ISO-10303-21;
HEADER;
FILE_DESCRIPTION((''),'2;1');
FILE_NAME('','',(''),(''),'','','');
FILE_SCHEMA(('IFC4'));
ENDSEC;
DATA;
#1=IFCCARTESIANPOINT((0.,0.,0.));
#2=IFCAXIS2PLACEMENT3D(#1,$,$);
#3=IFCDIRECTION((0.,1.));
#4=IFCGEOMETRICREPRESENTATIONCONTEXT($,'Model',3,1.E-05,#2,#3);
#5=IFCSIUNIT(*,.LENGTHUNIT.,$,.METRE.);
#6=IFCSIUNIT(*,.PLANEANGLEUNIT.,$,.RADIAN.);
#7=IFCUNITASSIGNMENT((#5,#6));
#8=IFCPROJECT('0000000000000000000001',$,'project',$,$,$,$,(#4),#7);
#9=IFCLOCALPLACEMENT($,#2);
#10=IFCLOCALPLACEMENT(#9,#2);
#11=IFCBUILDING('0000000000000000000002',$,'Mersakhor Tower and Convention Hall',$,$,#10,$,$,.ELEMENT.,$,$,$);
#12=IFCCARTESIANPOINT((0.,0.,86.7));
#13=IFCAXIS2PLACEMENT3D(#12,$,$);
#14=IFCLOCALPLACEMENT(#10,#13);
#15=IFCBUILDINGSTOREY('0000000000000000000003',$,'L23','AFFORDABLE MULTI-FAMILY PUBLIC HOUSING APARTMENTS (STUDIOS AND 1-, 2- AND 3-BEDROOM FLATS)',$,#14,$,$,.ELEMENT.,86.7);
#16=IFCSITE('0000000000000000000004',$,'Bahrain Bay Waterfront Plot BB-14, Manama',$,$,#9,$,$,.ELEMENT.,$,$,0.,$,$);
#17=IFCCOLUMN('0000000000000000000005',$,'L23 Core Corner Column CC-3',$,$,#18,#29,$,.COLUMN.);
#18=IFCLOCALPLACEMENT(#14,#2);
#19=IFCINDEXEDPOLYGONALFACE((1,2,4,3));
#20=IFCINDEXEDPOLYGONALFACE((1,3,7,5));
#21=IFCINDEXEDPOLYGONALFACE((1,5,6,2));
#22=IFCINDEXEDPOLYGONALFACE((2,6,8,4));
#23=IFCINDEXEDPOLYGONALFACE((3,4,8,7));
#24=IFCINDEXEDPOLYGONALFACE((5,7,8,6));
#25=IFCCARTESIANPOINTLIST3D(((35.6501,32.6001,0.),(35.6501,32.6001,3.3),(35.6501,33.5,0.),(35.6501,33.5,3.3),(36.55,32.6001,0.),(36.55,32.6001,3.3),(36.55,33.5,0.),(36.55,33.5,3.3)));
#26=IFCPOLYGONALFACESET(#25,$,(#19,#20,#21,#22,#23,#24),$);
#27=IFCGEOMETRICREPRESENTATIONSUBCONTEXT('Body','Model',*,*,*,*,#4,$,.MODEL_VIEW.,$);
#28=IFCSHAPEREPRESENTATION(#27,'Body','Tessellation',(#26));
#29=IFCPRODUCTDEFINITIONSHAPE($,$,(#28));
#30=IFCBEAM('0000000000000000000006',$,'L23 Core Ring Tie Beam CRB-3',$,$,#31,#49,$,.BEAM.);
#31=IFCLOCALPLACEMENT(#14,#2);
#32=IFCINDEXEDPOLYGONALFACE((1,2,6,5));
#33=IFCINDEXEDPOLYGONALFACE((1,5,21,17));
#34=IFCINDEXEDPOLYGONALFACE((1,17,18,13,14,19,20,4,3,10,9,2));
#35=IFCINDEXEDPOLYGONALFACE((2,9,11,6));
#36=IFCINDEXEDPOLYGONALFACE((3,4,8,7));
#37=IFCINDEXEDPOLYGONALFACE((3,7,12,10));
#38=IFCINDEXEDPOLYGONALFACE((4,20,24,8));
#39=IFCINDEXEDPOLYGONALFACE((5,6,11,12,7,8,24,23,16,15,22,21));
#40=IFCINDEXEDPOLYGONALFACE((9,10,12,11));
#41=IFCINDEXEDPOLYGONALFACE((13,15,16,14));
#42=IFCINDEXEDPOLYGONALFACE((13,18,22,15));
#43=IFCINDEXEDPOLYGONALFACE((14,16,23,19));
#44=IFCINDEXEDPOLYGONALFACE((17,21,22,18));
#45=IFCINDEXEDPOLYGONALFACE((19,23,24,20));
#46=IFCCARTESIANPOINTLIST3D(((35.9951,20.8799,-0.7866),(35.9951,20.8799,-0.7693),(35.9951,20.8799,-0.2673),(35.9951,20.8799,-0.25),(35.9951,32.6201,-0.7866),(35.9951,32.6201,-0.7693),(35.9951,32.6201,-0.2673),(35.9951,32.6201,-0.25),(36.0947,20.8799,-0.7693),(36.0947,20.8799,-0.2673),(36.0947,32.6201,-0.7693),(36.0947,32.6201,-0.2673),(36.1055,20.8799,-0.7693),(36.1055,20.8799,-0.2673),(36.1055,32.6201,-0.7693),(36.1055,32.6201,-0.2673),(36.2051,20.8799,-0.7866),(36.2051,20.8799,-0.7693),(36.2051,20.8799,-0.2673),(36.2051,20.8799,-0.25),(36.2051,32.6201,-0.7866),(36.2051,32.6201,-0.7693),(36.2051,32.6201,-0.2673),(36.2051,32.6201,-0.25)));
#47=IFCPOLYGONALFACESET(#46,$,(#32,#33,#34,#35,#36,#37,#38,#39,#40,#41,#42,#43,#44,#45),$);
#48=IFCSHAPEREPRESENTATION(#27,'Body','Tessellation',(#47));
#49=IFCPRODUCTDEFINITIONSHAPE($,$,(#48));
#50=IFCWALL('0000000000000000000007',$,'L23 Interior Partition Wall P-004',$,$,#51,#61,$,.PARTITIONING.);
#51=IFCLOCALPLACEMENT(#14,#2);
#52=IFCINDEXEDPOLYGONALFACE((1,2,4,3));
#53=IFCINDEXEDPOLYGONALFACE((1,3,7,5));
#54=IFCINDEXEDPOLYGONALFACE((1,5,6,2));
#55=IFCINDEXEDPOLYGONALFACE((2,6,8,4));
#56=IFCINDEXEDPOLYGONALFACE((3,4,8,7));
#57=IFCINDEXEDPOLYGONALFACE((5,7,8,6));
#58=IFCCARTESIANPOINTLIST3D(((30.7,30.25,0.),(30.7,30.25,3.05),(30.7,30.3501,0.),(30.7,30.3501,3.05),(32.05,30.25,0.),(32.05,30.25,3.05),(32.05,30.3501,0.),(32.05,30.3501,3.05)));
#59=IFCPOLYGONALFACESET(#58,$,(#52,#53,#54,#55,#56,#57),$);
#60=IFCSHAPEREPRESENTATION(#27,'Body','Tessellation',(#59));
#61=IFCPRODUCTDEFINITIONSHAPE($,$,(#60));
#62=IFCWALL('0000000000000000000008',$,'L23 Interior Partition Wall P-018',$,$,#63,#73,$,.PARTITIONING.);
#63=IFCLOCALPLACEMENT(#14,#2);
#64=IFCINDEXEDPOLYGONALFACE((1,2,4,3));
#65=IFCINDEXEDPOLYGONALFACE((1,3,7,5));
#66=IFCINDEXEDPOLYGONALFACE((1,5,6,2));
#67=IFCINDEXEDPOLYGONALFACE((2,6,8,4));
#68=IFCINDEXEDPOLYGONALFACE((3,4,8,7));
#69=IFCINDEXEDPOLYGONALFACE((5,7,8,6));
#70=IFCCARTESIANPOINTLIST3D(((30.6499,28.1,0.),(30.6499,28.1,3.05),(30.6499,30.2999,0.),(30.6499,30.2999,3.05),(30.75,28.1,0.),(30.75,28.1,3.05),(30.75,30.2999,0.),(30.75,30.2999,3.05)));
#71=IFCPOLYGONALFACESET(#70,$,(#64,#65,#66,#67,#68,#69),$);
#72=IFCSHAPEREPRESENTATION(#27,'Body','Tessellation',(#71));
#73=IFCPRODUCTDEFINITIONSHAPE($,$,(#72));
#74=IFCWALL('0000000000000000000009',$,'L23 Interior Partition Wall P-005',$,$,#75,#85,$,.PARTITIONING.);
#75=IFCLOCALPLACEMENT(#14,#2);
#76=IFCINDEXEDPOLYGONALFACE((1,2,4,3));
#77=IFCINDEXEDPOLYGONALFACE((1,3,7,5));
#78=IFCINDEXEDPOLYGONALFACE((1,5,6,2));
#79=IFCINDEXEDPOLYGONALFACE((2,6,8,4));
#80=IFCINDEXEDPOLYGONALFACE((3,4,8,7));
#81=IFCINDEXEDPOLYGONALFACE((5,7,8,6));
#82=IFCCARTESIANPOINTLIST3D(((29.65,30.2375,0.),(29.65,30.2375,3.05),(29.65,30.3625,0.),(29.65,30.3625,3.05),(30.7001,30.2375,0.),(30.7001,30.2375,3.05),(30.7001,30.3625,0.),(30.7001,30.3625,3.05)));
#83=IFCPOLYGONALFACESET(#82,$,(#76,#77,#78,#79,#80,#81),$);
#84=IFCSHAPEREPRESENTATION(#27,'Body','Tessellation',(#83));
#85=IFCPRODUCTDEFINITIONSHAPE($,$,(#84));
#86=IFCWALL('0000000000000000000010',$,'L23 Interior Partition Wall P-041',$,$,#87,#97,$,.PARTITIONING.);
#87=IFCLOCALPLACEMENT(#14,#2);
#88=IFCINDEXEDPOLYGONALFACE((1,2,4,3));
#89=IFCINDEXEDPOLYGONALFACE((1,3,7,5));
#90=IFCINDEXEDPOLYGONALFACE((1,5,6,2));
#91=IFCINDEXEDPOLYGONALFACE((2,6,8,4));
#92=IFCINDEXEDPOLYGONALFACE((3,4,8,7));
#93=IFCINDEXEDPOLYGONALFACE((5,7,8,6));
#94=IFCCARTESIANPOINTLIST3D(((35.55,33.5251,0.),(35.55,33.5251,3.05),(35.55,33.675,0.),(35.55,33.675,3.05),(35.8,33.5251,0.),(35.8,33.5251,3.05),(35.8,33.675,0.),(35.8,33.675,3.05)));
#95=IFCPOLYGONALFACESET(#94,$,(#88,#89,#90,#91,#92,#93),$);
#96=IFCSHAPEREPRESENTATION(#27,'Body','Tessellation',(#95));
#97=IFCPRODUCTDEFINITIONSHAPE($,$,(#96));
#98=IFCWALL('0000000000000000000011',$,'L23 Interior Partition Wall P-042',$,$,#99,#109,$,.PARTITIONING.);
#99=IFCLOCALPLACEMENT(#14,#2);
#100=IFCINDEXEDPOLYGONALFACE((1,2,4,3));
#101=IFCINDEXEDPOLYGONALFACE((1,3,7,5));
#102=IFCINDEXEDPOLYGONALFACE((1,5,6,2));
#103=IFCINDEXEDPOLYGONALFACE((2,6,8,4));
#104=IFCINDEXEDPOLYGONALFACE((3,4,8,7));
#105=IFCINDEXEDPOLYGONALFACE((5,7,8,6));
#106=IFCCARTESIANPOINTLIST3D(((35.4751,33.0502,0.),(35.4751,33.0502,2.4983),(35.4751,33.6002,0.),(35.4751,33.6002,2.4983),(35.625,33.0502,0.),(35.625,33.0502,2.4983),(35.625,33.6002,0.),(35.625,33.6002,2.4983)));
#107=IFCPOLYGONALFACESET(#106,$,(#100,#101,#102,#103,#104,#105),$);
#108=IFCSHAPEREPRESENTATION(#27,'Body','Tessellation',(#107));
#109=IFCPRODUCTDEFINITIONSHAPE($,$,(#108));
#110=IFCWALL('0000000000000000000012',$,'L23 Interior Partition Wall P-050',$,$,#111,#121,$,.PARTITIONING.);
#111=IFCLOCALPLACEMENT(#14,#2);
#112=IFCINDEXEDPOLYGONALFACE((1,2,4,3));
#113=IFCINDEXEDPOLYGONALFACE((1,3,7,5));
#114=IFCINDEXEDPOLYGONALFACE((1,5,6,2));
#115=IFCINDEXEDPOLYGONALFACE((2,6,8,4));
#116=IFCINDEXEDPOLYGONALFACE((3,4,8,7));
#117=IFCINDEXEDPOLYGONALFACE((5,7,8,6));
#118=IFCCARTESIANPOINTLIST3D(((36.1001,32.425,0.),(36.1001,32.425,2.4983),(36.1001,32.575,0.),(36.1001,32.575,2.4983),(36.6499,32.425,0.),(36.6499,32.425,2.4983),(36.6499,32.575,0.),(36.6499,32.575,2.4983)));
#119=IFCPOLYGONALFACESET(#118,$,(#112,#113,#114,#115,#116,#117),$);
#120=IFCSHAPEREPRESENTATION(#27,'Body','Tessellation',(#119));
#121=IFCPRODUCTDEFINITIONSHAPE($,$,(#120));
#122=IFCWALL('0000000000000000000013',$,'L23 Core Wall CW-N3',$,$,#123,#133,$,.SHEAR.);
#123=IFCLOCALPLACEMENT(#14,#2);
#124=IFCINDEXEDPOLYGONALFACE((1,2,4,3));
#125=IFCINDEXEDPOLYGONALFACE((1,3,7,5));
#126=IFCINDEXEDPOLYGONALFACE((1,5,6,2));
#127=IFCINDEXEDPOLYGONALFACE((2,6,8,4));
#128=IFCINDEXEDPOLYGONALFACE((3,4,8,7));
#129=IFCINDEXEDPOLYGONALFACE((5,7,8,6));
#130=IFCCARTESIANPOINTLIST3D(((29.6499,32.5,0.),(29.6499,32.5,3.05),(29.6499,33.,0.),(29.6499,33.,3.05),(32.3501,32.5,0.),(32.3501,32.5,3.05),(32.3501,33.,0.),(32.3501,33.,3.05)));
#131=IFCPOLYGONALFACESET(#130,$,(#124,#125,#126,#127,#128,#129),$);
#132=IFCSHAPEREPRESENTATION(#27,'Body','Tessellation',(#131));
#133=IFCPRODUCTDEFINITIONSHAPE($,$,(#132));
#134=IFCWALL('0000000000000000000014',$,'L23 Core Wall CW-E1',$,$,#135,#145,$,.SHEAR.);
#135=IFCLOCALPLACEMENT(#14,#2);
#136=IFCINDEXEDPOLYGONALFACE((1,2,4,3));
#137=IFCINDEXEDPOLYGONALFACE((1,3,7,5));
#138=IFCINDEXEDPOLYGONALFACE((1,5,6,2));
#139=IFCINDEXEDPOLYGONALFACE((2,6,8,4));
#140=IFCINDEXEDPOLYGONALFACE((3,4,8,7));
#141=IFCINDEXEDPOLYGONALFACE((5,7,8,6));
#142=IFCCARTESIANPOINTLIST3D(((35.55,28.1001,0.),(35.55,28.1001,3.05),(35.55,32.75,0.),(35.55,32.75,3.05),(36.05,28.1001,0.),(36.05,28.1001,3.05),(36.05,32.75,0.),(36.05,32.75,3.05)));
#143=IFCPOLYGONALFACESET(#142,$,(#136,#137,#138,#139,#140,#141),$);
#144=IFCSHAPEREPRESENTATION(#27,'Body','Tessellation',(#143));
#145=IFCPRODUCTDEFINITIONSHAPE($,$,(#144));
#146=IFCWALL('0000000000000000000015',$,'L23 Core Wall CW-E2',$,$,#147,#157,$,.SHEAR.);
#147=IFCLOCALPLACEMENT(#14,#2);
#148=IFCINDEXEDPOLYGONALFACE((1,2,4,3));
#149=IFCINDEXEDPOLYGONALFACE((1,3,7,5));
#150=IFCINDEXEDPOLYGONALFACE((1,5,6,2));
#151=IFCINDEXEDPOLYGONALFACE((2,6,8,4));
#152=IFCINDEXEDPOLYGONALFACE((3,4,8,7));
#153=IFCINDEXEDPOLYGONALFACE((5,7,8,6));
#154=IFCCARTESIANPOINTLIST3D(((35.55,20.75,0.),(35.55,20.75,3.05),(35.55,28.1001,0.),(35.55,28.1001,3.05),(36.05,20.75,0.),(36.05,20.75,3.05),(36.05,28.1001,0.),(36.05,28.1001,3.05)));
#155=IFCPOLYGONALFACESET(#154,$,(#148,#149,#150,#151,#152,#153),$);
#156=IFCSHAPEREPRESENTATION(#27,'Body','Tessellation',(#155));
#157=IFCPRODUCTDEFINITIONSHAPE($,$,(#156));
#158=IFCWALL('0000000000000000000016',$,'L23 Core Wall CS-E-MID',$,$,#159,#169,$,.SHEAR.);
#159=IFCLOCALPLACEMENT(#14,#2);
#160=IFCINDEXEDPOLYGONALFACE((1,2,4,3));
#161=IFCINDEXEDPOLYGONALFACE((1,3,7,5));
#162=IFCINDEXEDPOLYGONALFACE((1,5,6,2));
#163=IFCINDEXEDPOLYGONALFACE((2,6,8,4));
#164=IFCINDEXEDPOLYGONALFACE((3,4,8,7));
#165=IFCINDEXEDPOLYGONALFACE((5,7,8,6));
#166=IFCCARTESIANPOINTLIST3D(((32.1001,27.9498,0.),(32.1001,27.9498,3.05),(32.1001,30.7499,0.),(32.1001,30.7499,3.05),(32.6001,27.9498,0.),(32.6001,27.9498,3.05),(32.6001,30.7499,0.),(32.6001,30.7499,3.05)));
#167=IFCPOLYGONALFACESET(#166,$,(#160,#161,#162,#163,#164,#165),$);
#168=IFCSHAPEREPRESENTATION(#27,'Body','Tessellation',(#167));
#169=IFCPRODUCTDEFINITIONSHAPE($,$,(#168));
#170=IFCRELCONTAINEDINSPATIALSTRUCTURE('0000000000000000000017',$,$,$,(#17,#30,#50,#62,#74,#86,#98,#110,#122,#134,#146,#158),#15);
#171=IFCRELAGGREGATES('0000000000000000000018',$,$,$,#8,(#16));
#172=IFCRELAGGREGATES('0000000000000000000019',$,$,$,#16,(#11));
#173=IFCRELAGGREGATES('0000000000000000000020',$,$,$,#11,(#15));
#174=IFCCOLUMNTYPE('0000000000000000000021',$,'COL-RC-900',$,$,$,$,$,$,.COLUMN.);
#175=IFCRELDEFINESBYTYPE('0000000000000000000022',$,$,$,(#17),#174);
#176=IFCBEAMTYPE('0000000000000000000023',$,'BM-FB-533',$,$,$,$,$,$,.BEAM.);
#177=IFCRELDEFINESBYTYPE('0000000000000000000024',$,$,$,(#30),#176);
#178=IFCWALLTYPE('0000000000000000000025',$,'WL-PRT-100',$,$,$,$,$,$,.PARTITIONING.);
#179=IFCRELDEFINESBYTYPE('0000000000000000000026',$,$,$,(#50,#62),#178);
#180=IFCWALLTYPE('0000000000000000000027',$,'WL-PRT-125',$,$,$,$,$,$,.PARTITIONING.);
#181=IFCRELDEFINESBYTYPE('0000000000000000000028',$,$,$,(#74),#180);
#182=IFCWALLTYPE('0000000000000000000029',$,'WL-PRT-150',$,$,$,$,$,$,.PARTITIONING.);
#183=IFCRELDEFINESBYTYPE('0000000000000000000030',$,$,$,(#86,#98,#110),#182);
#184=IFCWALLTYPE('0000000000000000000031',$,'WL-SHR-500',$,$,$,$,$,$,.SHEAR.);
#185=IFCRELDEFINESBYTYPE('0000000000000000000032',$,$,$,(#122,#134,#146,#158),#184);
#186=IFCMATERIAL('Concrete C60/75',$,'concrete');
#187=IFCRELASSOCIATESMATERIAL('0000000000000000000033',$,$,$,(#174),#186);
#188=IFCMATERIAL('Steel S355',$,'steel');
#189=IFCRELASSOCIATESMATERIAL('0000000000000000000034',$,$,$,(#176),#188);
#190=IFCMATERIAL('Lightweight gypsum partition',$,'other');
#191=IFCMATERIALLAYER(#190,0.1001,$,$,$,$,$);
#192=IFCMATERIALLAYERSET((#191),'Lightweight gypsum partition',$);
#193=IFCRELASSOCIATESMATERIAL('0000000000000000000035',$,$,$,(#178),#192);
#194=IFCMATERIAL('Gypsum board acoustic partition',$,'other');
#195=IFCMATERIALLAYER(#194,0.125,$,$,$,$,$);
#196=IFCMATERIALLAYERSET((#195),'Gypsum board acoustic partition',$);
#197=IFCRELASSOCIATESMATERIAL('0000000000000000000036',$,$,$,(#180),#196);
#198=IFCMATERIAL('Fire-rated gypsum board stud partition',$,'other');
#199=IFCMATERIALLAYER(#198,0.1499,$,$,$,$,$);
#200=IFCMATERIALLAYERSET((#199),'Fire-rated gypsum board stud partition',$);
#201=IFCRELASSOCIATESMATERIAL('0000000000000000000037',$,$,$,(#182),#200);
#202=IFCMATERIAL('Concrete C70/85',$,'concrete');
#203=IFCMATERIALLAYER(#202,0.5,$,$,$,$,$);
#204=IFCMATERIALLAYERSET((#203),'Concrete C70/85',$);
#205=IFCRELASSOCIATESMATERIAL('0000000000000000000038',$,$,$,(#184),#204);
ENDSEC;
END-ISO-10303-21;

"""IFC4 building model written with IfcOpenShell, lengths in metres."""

from ifc_helpers import new_model, si_unit, direction, frame, frame_2d, origin, origin_2d, place, context, subcontext, project, spatial, rectangle, i_section, extrude, material, layer, layer_set, material_profile, profile_set, type_object, element, save


model = new_model("IFC4")

# Units and contexts
model_context = context("Model", 3, precision=1e-05, world=origin(), true_north=direction((0.0, 1.0)))
body_context = subcontext(model_context, "Body", "Model", "MODEL_VIEW")
ifc_project = project(units=[si_unit("LENGTHUNIT", "METRE"), si_unit("PLANEANGLEUNIT", "RADIAN")], contexts=[model_context])

# Site, building, storey
site_placement = place(None, origin())
site = spatial("IfcSite", under=ifc_project, at=site_placement, Name="Bahrain Bay Waterfront Plot BB-14, Manama", CompositionType="ELEMENT", RefElevation=0.0)
building_placement = place(site_placement, origin())
building = spatial("IfcBuilding", under=site, at=building_placement, Name="Mersakhor Tower and Convention Hall", CompositionType="ELEMENT")
storey_placement = place(building_placement, frame((0.0, 0.0, 86.7)))
storey = spatial("IfcBuildingStorey", under=building, at=storey_placement, Name="L23", Description="AFFORDABLE MULTI-FAMILY PUBLIC HOUSING APARTMENTS (STUDIOS AND 1-, 2- AND 3-BEDROOM FLATS)", CompositionType="ELEMENT", Elevation=86.7)

# Column
ifc_material_1 = material(Name="Concrete C60/75", Category="concrete")
ifc_material_profile_1 = material_profile(ifc_material_1, rectangle(XDim=0.8999, YDim=0.8999, at=origin_2d()), Name="RC 900x900")
ifc_profile_set_1 = profile_set([ifc_material_profile_1], Name="Concrete C60/75")
column_type = type_object("IfcColumnType", Name="COL-RC-900", PredefinedType="COLUMN", material=ifc_profile_set_1)
column_placement = place(storey_placement, frame((36.1001, 33.05, 0.0), z_axis=(0.0, 0.0, 1.0), x_axis=(1.0, 0.0, 0.0)))
element("IfcColumn", 1, at=column_placement, inside=storey, type_object=column_type, Name="L23 Core Corner Column CC-3", PredefinedType="COLUMN", context=body_context, shape_type="SweptSolid", body=[
    extrude(rectangle(XDim=0.8999, YDim=0.8999, at=origin_2d()), origin(), (0.0, 0.0, 1.0), 3.3),
])

# Beam
ifc_material_2 = material(Name="Steel S355", Category="steel")
ifc_material_profile_2 = material_profile(ifc_material_2, i_section(OverallWidth=0.21, OverallDepth=0.5366, WebThickness=0.0107, FlangeThickness=0.0173, at=origin_2d()), Name="UB 533x210x101")
ifc_profile_set_2 = profile_set([ifc_material_profile_2], Name="Steel S355")
beam_type = type_object("IfcBeamType", Name="BM-FB-533", PredefinedType="BEAM", material=ifc_profile_set_2)
beam_placement = place(storey_placement, frame((36.1001, 32.6201, -0.5183), z_axis=(0.0, -1.0, 0.0), x_axis=(1.0, 0.0, 0.0)))
element("IfcBeam", 2, at=beam_placement, inside=storey, type_object=beam_type, Name="L23 Core Ring Tie Beam CRB-3", PredefinedType="BEAM", context=body_context, shape_type="SweptSolid", body=[
    extrude(i_section(OverallWidth=0.21, OverallDepth=0.5366, WebThickness=0.0107, FlangeThickness=0.0173, at=origin_2d()), origin(), (0.0, 0.0, 1.0), 11.7402),
])

# Walls
ifc_material_3 = material(Name="Lightweight gypsum partition", Category="other")
ifc_layer_1 = layer(ifc_material_3, 0.1001)
ifc_layer_set_1 = layer_set([ifc_layer_1], Name="Lightweight gypsum partition")
wall_type_1 = type_object("IfcWallType", Name="WL-PRT-100", PredefinedType="PARTITIONING", material=ifc_layer_set_1)
wall_1_placement = place(storey_placement, frame((32.05, 30.3, 0.0), z_axis=(0.0, 0.0, 1.0), x_axis=(-1.0, 0.0, 0.0)))
element("IfcWall", 3, at=wall_1_placement, inside=storey, type_object=wall_type_1, Name="L23 Interior Partition Wall P-004", PredefinedType="PARTITIONING", context=body_context, shape_type="SweptSolid", body=[
    extrude(rectangle(XDim=1.3501, YDim=0.1001, at=frame_2d((0.675, 0.0))), origin(), (0.0, 0.0, 1.0), 3.05),
])
wall_2_placement = place(storey_placement, frame((30.7, 30.3, 0.0), z_axis=(0.0, 0.0, 1.0), x_axis=(0.0, -1.0, 0.0)))
element("IfcWall", 4, at=wall_2_placement, inside=storey, type_object=wall_type_1, Name="L23 Interior Partition Wall P-018", PredefinedType="PARTITIONING", context=body_context, shape_type="SweptSolid", body=[
    extrude(rectangle(XDim=2.2, YDim=0.1001, at=frame_2d((1.1001, 0.0))), origin(), (0.0, 0.0, 1.0), 3.05),
])
ifc_material_4 = material(Name="Gypsum board acoustic partition", Category="other")
ifc_layer_2 = layer(ifc_material_4, 0.125)
ifc_layer_set_2 = layer_set([ifc_layer_2], Name="Gypsum board acoustic partition")
wall_type_2 = type_object("IfcWallType", Name="WL-PRT-125", PredefinedType="PARTITIONING", material=ifc_layer_set_2)
wall_3_placement = place(storey_placement, frame((30.7, 30.3, 0.0), z_axis=(0.0, 0.0, 1.0), x_axis=(-1.0, 0.0, 0.0)))
element("IfcWall", 5, at=wall_3_placement, inside=storey, type_object=wall_type_2, Name="L23 Interior Partition Wall P-005", PredefinedType="PARTITIONING", context=body_context, shape_type="SweptSolid", body=[
    extrude(rectangle(XDim=1.05, YDim=0.125, at=frame_2d((0.5249, 0.0))), origin(), (0.0, 0.0, 1.0), 3.05),
])
ifc_material_5 = material(Name="Fire-rated gypsum board stud partition", Category="other")
ifc_layer_3 = layer(ifc_material_5, 0.1499)
ifc_layer_set_3 = layer_set([ifc_layer_3], Name="Fire-rated gypsum board stud partition")
wall_type_3 = type_object("IfcWallType", Name="WL-PRT-150", PredefinedType="PARTITIONING", material=ifc_layer_set_3)
wall_4_placement = place(storey_placement, frame((35.8, 33.6001, 0.0), z_axis=(0.0, 0.0, 1.0), x_axis=(-1.0, 0.0, 0.0)))
element("IfcWall", 6, at=wall_4_placement, inside=storey, type_object=wall_type_3, Name="L23 Interior Partition Wall P-041", PredefinedType="PARTITIONING", context=body_context, shape_type="SweptSolid", body=[
    extrude(rectangle(XDim=0.25, YDim=0.1499, at=frame_2d((0.125, 0.0))), origin(), (0.0, 0.0, 1.0), 3.05),
])
wall_5_placement = place(storey_placement, frame((35.55, 33.6001, 0.0), z_axis=(0.0, 0.0, 1.0), x_axis=(0.0, -1.0, 0.0)))
element("IfcWall", 7, at=wall_5_placement, inside=storey, type_object=wall_type_3, Name="L23 Interior Partition Wall P-042", PredefinedType="PARTITIONING", context=body_context, shape_type="SweptSolid", body=[
    extrude(rectangle(XDim=0.55, YDim=0.1499, at=frame_2d((0.2749, 0.0))), origin(), (0.0, 0.0, 1.0), 2.4983),
])
wall_6_placement = place(storey_placement, frame((36.1001, 32.5, 0.0), z_axis=(0.0, 0.0, 1.0), x_axis=(1.0, 0.0, 0.0)))
element("IfcWall", 8, at=wall_6_placement, inside=storey, type_object=wall_type_3, Name="L23 Interior Partition Wall P-050", PredefinedType="PARTITIONING", context=body_context, shape_type="SweptSolid", body=[
    extrude(rectangle(XDim=0.5498, YDim=0.1499, at=frame_2d((0.2749, 0.0))), origin(), (0.0, 0.0, 1.0), 2.4983),
])

# Wall
ifc_material_6 = material(Name="Concrete C70/85", Category="concrete")
ifc_layer_4 = layer(ifc_material_6, 0.5)
ifc_layer_set_4 = layer_set([ifc_layer_4], Name="Concrete C70/85")
wall_type_4 = type_object("IfcWallType", Name="WL-SHR-500", PredefinedType="SHEAR", material=ifc_layer_set_4)
wall_7_placement = place(storey_placement, frame((29.6499, 32.75, 0.0), z_axis=(0.0, 0.0, 1.0), x_axis=(1.0, 0.0, 0.0)))
element("IfcWall", 9, at=wall_7_placement, inside=storey, type_object=wall_type_4, Name="L23 Core Wall CW-N3", PredefinedType="SHEAR", context=body_context, shape_type="SweptSolid", body=[
    extrude(rectangle(XDim=2.7002, YDim=0.5, at=frame_2d((1.3501, 0.0))), origin(), (0.0, 0.0, 1.0), 3.05),
])

# Walls
wall_8_placement = place(storey_placement, frame((35.8, 32.75, 0.0), z_axis=(0.0, 0.0, 1.0), x_axis=(0.0, -1.0, 0.0)))
element("IfcWall", 10, at=wall_8_placement, inside=storey, type_object=wall_type_4, Name="L23 Core Wall CW-E1", PredefinedType="SHEAR", context=body_context, shape_type="SweptSolid", body=[
    extrude(rectangle(XDim=4.6499, YDim=0.5, at=frame_2d((2.325, 0.0))), origin(), (0.0, 0.0, 1.0), 3.05),
])
wall_9_placement = place(storey_placement, frame((35.8, 28.1001, 0.0), z_axis=(0.0, 0.0, 1.0), x_axis=(0.0, -1.0, 0.0)))
element("IfcWall", 11, at=wall_9_placement, inside=storey, type_object=wall_type_4, Name="L23 Core Wall CW-E2", PredefinedType="SHEAR", context=body_context, shape_type="SweptSolid", body=[
    extrude(rectangle(XDim=7.3501, YDim=0.5, at=frame_2d((3.675, 0.0))), origin(), (0.0, 0.0, 1.0), 3.05),
])
wall_10_placement = place(storey_placement, frame((32.3501, 27.95, 0.0), z_axis=(0.0, 0.0, 1.0), x_axis=(0.0, 1.0, 0.0)))
element("IfcWall", 12, at=wall_10_placement, inside=storey, type_object=wall_type_4, Name="L23 Core Wall CS-E-MID", PredefinedType="SHEAR", context=body_context, shape_type="SweptSolid", body=[
    extrude(rectangle(XDim=2.8, YDim=0.5, at=frame_2d((1.3999, 0.0))), origin(), (0.0, 0.0, 1.0), 3.05),
])

save(model, "model.ifc")
